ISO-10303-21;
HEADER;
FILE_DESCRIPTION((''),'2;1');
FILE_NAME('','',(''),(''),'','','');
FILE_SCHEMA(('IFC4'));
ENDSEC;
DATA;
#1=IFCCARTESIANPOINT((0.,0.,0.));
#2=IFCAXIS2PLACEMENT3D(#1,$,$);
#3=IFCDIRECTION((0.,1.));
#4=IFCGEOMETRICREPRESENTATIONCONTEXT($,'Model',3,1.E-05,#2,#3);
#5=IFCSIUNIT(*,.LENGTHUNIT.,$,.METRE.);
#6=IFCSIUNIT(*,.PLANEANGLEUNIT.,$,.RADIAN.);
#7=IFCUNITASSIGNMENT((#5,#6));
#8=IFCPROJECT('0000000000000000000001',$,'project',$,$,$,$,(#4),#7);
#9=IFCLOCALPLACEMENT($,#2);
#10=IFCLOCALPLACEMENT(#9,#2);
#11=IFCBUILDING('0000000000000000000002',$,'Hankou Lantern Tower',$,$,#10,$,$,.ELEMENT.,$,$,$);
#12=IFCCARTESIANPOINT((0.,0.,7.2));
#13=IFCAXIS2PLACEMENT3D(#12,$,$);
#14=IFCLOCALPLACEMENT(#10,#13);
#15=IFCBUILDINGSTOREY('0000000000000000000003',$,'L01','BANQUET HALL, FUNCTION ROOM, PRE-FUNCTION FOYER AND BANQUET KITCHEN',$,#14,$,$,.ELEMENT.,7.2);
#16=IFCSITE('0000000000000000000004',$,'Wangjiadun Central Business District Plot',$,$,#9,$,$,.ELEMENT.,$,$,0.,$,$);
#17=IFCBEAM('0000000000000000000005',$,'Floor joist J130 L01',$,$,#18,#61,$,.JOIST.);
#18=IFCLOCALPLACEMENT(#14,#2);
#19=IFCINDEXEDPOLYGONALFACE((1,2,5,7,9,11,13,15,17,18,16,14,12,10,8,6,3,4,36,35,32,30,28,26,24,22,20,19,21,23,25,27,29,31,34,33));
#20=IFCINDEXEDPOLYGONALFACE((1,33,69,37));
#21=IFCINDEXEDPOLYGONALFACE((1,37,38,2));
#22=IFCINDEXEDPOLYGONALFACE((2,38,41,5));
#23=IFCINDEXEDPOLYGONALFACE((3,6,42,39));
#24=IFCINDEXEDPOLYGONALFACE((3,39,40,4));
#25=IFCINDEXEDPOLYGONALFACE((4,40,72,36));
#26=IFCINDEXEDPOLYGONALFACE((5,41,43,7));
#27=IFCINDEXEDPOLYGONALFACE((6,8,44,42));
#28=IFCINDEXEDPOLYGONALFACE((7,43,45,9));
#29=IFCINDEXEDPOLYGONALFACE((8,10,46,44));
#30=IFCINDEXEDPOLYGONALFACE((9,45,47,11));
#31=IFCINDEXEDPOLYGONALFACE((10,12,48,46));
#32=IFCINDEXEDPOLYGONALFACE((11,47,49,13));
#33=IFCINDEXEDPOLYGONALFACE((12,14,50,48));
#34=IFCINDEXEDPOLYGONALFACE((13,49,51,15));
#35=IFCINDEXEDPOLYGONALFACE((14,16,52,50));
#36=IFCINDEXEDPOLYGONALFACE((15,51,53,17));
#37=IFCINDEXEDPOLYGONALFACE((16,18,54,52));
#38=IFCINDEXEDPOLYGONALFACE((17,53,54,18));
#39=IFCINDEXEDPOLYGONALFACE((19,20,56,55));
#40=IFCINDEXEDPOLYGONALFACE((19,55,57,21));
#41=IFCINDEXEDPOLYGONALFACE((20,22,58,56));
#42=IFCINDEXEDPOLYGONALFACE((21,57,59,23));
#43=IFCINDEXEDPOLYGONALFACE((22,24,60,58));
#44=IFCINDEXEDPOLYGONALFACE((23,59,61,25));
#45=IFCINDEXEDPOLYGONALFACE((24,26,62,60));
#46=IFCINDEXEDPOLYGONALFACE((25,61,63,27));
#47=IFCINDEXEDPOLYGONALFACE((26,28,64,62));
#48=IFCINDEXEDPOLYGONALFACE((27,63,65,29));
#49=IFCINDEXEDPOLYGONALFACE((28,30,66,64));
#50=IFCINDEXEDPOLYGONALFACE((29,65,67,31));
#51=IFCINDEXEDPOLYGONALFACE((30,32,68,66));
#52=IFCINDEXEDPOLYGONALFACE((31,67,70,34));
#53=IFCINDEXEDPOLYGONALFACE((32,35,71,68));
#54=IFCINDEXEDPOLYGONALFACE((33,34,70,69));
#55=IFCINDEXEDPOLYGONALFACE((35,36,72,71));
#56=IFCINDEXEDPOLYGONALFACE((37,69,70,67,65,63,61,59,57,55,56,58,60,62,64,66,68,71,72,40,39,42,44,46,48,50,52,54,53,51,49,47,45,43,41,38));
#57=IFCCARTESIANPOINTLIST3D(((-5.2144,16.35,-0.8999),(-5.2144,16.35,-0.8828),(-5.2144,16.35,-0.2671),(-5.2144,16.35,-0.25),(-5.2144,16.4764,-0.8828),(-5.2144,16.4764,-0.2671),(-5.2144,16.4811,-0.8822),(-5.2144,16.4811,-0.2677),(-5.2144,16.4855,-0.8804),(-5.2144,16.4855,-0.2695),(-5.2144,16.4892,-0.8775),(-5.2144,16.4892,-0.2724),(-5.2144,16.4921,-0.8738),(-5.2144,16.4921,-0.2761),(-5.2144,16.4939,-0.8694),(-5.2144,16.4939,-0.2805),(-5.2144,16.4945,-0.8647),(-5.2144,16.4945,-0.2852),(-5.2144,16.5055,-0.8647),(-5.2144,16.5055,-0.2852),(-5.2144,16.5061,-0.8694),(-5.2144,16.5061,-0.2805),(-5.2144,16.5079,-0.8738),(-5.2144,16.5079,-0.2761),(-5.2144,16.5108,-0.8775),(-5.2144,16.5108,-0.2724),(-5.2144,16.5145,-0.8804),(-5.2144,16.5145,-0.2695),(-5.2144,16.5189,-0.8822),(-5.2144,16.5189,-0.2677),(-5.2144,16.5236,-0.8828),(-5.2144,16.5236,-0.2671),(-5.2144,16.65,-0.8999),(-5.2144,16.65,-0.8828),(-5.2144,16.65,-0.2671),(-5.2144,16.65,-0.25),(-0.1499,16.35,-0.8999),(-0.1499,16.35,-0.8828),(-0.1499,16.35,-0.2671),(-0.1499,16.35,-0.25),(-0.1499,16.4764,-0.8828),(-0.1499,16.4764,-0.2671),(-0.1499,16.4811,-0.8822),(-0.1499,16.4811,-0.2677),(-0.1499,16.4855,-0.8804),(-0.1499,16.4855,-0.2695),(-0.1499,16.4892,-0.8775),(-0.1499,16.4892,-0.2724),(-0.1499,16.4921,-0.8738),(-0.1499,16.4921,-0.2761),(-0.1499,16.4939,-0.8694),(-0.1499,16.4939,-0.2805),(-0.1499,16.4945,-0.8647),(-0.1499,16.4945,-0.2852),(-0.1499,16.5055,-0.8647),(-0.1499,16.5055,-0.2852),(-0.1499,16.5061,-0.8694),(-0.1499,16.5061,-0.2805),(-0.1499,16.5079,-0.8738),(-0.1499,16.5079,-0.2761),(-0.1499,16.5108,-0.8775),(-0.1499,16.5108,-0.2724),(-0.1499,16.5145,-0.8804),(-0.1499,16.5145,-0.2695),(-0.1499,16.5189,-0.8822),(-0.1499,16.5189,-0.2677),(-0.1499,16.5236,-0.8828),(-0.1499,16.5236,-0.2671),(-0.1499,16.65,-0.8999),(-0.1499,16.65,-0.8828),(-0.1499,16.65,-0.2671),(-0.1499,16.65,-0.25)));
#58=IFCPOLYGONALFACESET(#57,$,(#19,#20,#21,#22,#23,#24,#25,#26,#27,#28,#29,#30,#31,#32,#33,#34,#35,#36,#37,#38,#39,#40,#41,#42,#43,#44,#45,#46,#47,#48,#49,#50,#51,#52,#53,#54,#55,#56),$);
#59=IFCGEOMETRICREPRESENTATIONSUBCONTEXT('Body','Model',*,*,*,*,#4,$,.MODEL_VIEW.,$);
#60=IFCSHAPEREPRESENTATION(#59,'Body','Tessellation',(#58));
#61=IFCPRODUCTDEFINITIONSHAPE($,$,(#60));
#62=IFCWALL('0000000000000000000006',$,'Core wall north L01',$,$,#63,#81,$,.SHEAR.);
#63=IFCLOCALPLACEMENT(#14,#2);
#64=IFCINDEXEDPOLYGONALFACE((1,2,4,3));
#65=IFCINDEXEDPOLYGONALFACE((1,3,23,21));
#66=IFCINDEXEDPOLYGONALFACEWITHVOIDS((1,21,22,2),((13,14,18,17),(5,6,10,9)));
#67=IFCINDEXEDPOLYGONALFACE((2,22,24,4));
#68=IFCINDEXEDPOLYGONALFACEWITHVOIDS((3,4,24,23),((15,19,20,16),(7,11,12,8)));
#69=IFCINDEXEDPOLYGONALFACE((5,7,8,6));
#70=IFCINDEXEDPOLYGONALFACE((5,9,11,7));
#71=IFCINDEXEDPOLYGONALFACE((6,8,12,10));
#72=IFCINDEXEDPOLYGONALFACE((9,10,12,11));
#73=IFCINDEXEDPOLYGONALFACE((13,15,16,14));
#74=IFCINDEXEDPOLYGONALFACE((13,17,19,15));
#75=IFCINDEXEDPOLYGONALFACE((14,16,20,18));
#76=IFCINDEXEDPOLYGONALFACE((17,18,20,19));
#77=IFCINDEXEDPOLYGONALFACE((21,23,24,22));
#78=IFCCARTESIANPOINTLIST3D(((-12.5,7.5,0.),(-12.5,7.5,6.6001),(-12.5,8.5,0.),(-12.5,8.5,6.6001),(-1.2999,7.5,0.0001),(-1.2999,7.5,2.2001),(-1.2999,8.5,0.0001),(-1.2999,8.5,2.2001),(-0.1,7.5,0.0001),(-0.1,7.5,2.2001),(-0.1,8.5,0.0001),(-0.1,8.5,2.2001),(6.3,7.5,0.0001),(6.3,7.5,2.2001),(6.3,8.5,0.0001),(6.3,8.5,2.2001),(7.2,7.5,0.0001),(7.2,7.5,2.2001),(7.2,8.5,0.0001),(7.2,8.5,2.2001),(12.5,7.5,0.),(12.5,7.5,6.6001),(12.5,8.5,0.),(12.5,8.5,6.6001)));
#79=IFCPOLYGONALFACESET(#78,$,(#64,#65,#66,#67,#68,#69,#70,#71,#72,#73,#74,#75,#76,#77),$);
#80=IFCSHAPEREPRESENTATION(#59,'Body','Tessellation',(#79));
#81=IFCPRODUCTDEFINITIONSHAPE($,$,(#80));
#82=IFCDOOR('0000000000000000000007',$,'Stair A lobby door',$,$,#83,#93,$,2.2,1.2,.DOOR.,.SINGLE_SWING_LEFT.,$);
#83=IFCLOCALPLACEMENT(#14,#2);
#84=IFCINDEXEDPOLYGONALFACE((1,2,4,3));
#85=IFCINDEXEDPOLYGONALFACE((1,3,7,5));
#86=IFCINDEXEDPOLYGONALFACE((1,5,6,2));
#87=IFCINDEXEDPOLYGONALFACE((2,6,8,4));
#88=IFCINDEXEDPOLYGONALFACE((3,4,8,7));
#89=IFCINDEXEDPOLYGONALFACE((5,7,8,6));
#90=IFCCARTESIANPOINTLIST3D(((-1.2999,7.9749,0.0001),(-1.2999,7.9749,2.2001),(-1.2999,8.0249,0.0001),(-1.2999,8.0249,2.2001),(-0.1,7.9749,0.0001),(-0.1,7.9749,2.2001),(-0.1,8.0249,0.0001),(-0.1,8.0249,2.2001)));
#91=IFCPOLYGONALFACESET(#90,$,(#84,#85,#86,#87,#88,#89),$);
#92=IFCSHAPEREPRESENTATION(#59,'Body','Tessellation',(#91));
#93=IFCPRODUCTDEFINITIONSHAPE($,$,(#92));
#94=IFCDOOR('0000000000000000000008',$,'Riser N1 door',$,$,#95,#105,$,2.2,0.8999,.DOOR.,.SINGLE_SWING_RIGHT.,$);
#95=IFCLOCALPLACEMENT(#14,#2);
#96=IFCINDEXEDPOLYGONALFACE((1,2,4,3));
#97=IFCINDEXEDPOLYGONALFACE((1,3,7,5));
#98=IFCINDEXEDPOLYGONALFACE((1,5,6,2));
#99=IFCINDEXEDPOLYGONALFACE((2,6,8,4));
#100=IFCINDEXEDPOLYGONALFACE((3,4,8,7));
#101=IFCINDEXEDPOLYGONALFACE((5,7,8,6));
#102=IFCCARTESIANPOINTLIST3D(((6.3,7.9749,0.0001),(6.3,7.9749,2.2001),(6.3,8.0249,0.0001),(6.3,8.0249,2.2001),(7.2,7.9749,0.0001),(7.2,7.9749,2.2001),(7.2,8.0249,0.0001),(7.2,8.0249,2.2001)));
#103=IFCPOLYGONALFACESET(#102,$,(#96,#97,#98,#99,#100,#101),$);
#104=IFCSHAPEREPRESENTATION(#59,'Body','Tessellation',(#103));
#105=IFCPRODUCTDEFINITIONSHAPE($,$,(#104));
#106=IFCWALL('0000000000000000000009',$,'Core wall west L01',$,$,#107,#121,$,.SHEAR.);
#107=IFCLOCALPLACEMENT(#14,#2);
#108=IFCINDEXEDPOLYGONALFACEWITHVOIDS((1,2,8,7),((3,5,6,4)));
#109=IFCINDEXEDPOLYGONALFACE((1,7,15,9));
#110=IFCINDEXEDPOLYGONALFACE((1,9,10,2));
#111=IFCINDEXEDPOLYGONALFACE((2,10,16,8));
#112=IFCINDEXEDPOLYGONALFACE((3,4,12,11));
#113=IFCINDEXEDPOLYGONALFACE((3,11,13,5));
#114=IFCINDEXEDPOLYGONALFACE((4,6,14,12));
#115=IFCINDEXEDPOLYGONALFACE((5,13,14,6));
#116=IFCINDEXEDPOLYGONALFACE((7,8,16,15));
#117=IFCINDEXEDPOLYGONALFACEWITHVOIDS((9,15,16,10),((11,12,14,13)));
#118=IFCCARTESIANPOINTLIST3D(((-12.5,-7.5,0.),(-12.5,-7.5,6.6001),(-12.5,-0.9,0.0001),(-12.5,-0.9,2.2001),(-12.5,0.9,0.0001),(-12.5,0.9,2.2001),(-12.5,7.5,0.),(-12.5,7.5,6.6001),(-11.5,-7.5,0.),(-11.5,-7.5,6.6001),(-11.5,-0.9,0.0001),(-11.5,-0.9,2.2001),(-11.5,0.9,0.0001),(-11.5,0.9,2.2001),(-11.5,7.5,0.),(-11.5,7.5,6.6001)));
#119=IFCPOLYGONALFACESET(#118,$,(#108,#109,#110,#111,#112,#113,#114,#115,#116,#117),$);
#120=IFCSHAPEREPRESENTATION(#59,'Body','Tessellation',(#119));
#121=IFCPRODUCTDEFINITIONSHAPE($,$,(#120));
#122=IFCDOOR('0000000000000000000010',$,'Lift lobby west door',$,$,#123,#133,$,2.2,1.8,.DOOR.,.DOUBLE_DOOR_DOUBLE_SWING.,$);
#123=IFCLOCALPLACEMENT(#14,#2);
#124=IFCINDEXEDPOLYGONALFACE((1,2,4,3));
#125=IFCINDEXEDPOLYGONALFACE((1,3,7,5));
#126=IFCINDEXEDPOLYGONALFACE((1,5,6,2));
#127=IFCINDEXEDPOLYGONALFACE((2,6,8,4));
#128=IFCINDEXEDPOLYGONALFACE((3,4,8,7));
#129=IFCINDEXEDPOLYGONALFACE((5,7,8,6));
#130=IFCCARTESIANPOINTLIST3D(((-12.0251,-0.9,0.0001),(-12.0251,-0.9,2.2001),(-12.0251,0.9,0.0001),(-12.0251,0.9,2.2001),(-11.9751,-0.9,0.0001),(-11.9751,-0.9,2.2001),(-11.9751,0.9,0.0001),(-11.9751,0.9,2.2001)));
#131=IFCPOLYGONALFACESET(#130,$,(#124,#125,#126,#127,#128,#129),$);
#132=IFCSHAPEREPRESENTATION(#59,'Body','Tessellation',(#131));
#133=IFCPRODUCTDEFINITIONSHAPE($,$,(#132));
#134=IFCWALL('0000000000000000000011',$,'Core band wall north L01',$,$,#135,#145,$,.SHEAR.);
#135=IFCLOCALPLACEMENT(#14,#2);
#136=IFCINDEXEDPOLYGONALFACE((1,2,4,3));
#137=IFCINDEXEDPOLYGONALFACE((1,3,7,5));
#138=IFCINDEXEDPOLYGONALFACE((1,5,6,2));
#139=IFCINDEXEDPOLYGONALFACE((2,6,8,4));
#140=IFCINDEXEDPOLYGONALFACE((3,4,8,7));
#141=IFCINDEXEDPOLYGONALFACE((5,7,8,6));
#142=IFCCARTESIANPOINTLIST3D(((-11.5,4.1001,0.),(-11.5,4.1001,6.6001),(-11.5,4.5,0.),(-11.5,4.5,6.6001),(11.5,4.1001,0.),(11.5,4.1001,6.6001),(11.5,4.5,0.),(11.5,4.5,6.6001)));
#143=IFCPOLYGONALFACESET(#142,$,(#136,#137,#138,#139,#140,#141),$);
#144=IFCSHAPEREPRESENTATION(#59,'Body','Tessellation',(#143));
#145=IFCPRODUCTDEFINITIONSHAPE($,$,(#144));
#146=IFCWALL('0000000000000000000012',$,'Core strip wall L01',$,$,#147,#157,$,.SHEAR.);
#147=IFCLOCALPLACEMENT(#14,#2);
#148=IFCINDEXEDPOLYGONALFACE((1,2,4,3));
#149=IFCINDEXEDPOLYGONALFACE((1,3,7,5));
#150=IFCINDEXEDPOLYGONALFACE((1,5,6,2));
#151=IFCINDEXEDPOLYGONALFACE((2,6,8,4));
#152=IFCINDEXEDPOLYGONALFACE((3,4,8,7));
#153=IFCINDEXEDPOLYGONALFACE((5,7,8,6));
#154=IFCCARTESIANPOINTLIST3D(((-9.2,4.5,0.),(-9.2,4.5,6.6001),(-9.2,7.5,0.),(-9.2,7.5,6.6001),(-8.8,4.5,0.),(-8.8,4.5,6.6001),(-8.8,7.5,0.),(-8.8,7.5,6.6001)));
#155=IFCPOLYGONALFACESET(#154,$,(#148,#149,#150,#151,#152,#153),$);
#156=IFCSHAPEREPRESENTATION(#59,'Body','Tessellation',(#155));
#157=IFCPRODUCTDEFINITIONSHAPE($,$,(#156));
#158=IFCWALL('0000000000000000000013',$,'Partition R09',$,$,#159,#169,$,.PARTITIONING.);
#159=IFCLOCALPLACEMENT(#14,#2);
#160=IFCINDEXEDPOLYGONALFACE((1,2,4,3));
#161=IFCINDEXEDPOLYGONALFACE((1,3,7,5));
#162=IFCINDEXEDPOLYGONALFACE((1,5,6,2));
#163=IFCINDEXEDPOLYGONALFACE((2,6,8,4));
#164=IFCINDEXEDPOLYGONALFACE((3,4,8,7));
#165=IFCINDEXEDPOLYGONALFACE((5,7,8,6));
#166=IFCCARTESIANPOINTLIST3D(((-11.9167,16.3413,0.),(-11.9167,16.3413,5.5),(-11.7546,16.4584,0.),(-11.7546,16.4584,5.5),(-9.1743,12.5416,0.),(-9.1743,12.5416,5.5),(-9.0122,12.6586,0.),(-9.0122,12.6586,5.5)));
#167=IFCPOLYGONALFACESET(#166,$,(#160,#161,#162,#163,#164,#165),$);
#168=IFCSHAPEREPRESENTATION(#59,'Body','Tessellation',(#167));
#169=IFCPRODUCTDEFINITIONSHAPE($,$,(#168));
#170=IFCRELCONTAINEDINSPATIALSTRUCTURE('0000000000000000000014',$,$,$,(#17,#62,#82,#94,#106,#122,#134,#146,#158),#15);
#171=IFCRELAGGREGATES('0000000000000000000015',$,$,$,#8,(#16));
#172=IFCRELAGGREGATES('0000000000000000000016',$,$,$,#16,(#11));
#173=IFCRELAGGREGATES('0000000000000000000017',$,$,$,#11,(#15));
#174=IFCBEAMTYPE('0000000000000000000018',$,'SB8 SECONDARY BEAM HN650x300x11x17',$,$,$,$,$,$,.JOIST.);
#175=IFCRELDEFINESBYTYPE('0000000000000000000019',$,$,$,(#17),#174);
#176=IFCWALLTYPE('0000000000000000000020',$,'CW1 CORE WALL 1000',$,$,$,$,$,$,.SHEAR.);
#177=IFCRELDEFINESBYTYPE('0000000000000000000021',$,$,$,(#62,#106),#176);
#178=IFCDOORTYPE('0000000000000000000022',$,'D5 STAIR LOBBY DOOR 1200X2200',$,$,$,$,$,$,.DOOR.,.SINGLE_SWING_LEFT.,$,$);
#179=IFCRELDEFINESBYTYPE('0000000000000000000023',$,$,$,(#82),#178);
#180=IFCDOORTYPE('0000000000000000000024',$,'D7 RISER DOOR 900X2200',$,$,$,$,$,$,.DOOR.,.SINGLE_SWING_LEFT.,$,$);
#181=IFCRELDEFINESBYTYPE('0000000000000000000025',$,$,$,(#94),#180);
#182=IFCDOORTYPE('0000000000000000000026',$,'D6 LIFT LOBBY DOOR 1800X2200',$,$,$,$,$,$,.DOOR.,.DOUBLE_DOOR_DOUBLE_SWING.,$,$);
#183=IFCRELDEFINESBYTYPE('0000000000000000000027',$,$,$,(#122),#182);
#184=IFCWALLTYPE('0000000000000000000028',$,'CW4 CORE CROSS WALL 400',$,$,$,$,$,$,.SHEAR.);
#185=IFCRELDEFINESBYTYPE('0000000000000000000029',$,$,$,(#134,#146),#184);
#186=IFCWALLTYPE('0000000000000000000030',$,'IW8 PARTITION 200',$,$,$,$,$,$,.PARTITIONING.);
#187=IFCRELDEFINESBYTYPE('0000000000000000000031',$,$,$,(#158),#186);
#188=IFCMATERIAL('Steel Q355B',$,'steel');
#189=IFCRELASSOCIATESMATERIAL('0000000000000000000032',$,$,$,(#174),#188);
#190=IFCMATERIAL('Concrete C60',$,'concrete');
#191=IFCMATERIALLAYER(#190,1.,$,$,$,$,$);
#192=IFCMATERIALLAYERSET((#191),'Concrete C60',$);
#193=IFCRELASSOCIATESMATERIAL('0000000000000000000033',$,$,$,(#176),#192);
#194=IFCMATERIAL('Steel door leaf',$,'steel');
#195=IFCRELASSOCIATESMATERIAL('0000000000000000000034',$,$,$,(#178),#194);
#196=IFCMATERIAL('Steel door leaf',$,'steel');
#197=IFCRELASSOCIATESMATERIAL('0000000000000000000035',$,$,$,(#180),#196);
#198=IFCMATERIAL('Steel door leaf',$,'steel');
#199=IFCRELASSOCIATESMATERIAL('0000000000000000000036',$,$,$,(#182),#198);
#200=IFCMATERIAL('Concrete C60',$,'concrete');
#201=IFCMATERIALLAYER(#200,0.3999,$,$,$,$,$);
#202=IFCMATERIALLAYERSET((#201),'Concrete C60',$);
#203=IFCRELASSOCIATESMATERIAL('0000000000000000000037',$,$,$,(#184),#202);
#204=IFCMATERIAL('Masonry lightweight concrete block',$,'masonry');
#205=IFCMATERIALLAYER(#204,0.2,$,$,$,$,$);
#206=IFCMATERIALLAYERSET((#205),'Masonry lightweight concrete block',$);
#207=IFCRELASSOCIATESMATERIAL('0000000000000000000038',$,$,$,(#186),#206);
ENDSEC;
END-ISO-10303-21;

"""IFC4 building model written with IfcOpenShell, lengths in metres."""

from ifc_helpers import new_model, si_unit, direction, frame, frame_2d, origin, origin_2d, place, context, subcontext, project, spatial, rectangle, i_section, extrude, material, layer, layer_set, material_profile, profile_set, type_object, element, fill, save


model = new_model("IFC4")

# Units and contexts
model_context = context("Model", 3, precision=1e-05, world=origin(), true_north=direction((0.0, 1.0)))
body_context = subcontext(model_context, "Body", "Model", "MODEL_VIEW")
ifc_project = project(units=[si_unit("LENGTHUNIT", "METRE"), si_unit("PLANEANGLEUNIT", "RADIAN")], contexts=[model_context])

# Site, building, storey
site_placement = place(None, origin())
site = spatial("IfcSite", under=ifc_project, at=site_placement, Name="Wangjiadun Central Business District Plot", CompositionType="ELEMENT", RefElevation=0.0)
building_placement = place(site_placement, origin())
building = spatial("IfcBuilding", under=site, at=building_placement, Name="Hankou Lantern Tower", CompositionType="ELEMENT")
storey_placement = place(building_placement, frame((0.0, 0.0, 7.2)))
storey = spatial("IfcBuildingStorey", under=building, at=storey_placement, Name="L01", Description="BANQUET HALL, FUNCTION ROOM, PRE-FUNCTION FOYER AND BANQUET KITCHEN", CompositionType="ELEMENT", Elevation=7.2)

# Beam
ifc_material_1 = material(Name="Steel Q355B", Category="steel")
ifc_material_profile_1 = material_profile(ifc_material_1, i_section(OverallWidth=0.3, OverallDepth=0.6499, WebThickness=0.011, FlangeThickness=0.0171, FilletRadius=0.0181, at=origin_2d()), Name="HN650x300x11x17")
ifc_profile_set_1 = profile_set([ifc_material_profile_1], Name="Steel Q355B")
beam_type_1 = type_object("IfcBeamType", Name="SB8 SECONDARY BEAM HN650x300x11x17", PredefinedType="JOIST", material=ifc_profile_set_1)
beam_1_placement = place(storey_placement, frame((-5.2144, 16.5, -0.575), z_axis=(1.0, 0.0, 0.0), x_axis=(0.0, 1.0, 0.0)))
element("IfcBeam", 1, at=beam_1_placement, inside=storey, type_object=beam_type_1, Name="Floor joist J130 L01", PredefinedType="JOIST", context=body_context, shape_type="SweptSolid", body=[
    extrude(i_section(OverallWidth=0.3, OverallDepth=0.6499, WebThickness=0.011, FlangeThickness=0.0171, FilletRadius=0.0181, at=origin_2d()), origin(), (0.0, 0.0, 1.0), 5.0645),
])

# Wall, openings, doors
ifc_material_2 = material(Name="Concrete C60", Category="concrete")
ifc_layer_1 = layer(ifc_material_2, 1.0)
ifc_layer_set_1 = layer_set([ifc_layer_1], Name="Concrete C60")
wall_type_1 = type_object("IfcWallType", Name="CW1 CORE WALL 1000", PredefinedType="SHEAR", material=ifc_layer_set_1)
wall_1_placement = place(storey_placement, frame((-12.5, 8.0, 0.0), z_axis=(0.0, 0.0, 1.0), x_axis=(1.0, 0.0, 0.0)))
wall_1 = element("IfcWall", 2, at=wall_1_placement, inside=storey, type_object=wall_type_1, Name="Core wall north L01", PredefinedType="SHEAR", context=body_context, shape_type="SweptSolid", body=[
    extrude(rectangle(XDim=25.0, YDim=1.0, at=frame_2d((12.5, 0.0))), origin(), (0.0, 0.0, 1.0), 6.6001),
])
opening_1_placement = place(wall_1_placement, frame((11.2, 0.0, 0.0)))
opening_1 = element("IfcOpeningElement", 3, at=opening_1_placement, cuts=wall_1, PredefinedType="OPENING", context=body_context, shape_type="SweptSolid", body=[
    extrude(rectangle(XDim=1.2, YDim=2.2, at=frame_2d((0.6001, 1.1001))), frame((0.0, 0.51, 0.0), z_axis=(0.0, -1.0, 0.0), x_axis=(1.0, 0.0, 0.0)), (0.0, 0.0, 1.0), 1.02),
])
opening_2_placement = place(wall_1_placement, frame((18.8, 0.0, 0.0)))
opening_2 = element("IfcOpeningElement", 4, at=opening_2_placement, cuts=wall_1, PredefinedType="OPENING", context=body_context, shape_type="SweptSolid", body=[
    extrude(rectangle(XDim=0.8999, YDim=2.2, at=frame_2d((0.45, 1.1001))), frame((0.0, 0.51, 0.0), z_axis=(0.0, -1.0, 0.0), x_axis=(1.0, 0.0, 0.0)), (0.0, 0.0, 1.0), 1.02),
])
ifc_material_3 = material(Name="Steel door leaf", Category="steel")
door_type_1 = type_object("IfcDoorType", Name="D5 STAIR LOBBY DOOR 1200X2200", OperationType="SINGLE_SWING_LEFT", PredefinedType="DOOR", material=ifc_material_3)
door_1_placement = place(opening_1_placement, origin())
door_1 = element("IfcDoor", 5, at=door_1_placement, inside=storey, type_object=door_type_1, Name="Stair A lobby door", OperationType="SINGLE_SWING_LEFT", OverallHeight=2.2, OverallWidth=1.2, PredefinedType="DOOR", context=body_context, shape_type="SweptSolid", body=[
    extrude(rectangle(XDim=1.2, YDim=2.2, at=frame_2d((0.6001, 1.1001))), frame((0.0, 0.0249, 0.0), z_axis=(0.0, -1.0, 0.0), x_axis=(1.0, 0.0, 0.0)), (0.0, 0.0, 1.0), 0.05),
])
fill(opening_1, door_1)
ifc_material_4 = material(Name="Steel door leaf", Category="steel")
door_type_2 = type_object("IfcDoorType", Name="D7 RISER DOOR 900X2200", OperationType="SINGLE_SWING_LEFT", PredefinedType="DOOR", material=ifc_material_4)
door_2_placement = place(opening_2_placement, origin())
door_2 = element("IfcDoor", 6, at=door_2_placement, inside=storey, type_object=door_type_2, Name="Riser N1 door", OperationType="SINGLE_SWING_RIGHT", OverallHeight=2.2, OverallWidth=0.8999, PredefinedType="DOOR", context=body_context, shape_type="SweptSolid", body=[
    extrude(rectangle(XDim=0.8999, YDim=2.2, at=frame_2d((0.45, 1.1001))), frame((0.0, 0.0249, 0.0), z_axis=(0.0, -1.0, 0.0), x_axis=(1.0, 0.0, 0.0)), (0.0, 0.0, 1.0), 0.05),
])
fill(opening_2, door_2)

# Wall, opening, door
wall_2_placement = place(storey_placement, frame((-12.0, 7.5, 0.0), z_axis=(0.0, 0.0, 1.0), x_axis=(0.0, -1.0, 0.0)))
wall_2 = element("IfcWall", 7, at=wall_2_placement, inside=storey, type_object=wall_type_1, Name="Core wall west L01", PredefinedType="SHEAR", context=body_context, shape_type="SweptSolid", body=[
    extrude(rectangle(XDim=15.0, YDim=1.0, at=frame_2d((7.5, 0.0))), origin(), (0.0, 0.0, 1.0), 6.6001),
])
opening_3_placement = place(wall_2_placement, frame((6.6001, 0.0, 0.0)))
opening_3 = element("IfcOpeningElement", 8, at=opening_3_placement, cuts=wall_2, PredefinedType="OPENING", context=body_context, shape_type="SweptSolid", body=[
    extrude(rectangle(XDim=1.8, YDim=2.2, at=frame_2d((0.8999, 1.1001))), frame((0.0, 0.51, 0.0), z_axis=(0.0, -1.0, 0.0), x_axis=(1.0, 0.0, 0.0)), (0.0, 0.0, 1.0), 1.02),
])
ifc_material_5 = material(Name="Steel door leaf", Category="steel")
door_type_3 = type_object("IfcDoorType", Name="D6 LIFT LOBBY DOOR 1800X2200", OperationType="DOUBLE_DOOR_DOUBLE_SWING", PredefinedType="DOOR", material=ifc_material_5)
door_3_placement = place(opening_3_placement, origin())
door_3 = element("IfcDoor", 9, at=door_3_placement, inside=storey, type_object=door_type_3, Name="Lift lobby west door", OperationType="DOUBLE_DOOR_DOUBLE_SWING", OverallHeight=2.2, OverallWidth=1.8, PredefinedType="DOOR", context=body_context, shape_type="SweptSolid", body=[
    extrude(rectangle(XDim=1.8, YDim=2.2, at=frame_2d((0.8999, 1.1001))), frame((0.0, 0.0249, 0.0), z_axis=(0.0, -1.0, 0.0), x_axis=(1.0, 0.0, 0.0)), (0.0, 0.0, 1.0), 0.05),
])
fill(opening_3, door_3)

# Walls
ifc_material_6 = material(Name="Concrete C60", Category="concrete")
ifc_layer_2 = layer(ifc_material_6, 0.3999)
ifc_layer_set_2 = layer_set([ifc_layer_2], Name="Concrete C60")
wall_type_2 = type_object("IfcWallType", Name="CW4 CORE CROSS WALL 400", PredefinedType="SHEAR", material=ifc_layer_set_2)
wall_3_placement = place(storey_placement, frame((-11.5, 4.3, 0.0), z_axis=(0.0, 0.0, 1.0), x_axis=(1.0, 0.0, 0.0)))
element("IfcWall", 10, at=wall_3_placement, inside=storey, type_object=wall_type_2, Name="Core band wall north L01", PredefinedType="SHEAR", context=body_context, shape_type="SweptSolid", body=[
    extrude(rectangle(XDim=23.0, YDim=0.3999, at=frame_2d((11.5, 0.0))), origin(), (0.0, 0.0, 1.0), 6.6001),
])
wall_4_placement = place(storey_placement, frame((-9.0, 4.5, 0.0), z_axis=(0.0, 0.0, 1.0), x_axis=(0.0, 1.0, 0.0)))
element("IfcWall", 11, at=wall_4_placement, inside=storey, type_object=wall_type_2, Name="Core strip wall L01", PredefinedType="SHEAR", context=body_context, shape_type="SweptSolid", body=[
    extrude(rectangle(XDim=3.0, YDim=0.3999, at=frame_2d((1.5, 0.0))), origin(), (0.0, 0.0, 1.0), 6.6001),
])
ifc_material_7 = material(Name="Masonry lightweight concrete block", Category="masonry")
ifc_layer_3 = layer(ifc_material_7, 0.2)
ifc_layer_set_3 = layer_set([ifc_layer_3], Name="Masonry lightweight concrete block")
wall_type_3 = type_object("IfcWallType", Name="IW8 PARTITION 200", PredefinedType="PARTITIONING", material=ifc_layer_set_3)
wall_5_placement = place(storey_placement, frame((-9.0933, 12.6001, 0.0), z_axis=(0.0, 0.0, 1.0), x_axis=(-0.585228, 0.810869, 0.0)))
element("IfcWall", 12, at=wall_5_placement, inside=storey, type_object=wall_type_3, Name="Partition R09", PredefinedType="PARTITIONING", context=body_context, shape_type="SweptSolid", body=[
    extrude(rectangle(XDim=4.686, YDim=0.2, at=frame_2d((2.343, 0.0))), origin(), (0.0, 0.0, 1.0), 5.5),
])

save(model, "model.ifc")
